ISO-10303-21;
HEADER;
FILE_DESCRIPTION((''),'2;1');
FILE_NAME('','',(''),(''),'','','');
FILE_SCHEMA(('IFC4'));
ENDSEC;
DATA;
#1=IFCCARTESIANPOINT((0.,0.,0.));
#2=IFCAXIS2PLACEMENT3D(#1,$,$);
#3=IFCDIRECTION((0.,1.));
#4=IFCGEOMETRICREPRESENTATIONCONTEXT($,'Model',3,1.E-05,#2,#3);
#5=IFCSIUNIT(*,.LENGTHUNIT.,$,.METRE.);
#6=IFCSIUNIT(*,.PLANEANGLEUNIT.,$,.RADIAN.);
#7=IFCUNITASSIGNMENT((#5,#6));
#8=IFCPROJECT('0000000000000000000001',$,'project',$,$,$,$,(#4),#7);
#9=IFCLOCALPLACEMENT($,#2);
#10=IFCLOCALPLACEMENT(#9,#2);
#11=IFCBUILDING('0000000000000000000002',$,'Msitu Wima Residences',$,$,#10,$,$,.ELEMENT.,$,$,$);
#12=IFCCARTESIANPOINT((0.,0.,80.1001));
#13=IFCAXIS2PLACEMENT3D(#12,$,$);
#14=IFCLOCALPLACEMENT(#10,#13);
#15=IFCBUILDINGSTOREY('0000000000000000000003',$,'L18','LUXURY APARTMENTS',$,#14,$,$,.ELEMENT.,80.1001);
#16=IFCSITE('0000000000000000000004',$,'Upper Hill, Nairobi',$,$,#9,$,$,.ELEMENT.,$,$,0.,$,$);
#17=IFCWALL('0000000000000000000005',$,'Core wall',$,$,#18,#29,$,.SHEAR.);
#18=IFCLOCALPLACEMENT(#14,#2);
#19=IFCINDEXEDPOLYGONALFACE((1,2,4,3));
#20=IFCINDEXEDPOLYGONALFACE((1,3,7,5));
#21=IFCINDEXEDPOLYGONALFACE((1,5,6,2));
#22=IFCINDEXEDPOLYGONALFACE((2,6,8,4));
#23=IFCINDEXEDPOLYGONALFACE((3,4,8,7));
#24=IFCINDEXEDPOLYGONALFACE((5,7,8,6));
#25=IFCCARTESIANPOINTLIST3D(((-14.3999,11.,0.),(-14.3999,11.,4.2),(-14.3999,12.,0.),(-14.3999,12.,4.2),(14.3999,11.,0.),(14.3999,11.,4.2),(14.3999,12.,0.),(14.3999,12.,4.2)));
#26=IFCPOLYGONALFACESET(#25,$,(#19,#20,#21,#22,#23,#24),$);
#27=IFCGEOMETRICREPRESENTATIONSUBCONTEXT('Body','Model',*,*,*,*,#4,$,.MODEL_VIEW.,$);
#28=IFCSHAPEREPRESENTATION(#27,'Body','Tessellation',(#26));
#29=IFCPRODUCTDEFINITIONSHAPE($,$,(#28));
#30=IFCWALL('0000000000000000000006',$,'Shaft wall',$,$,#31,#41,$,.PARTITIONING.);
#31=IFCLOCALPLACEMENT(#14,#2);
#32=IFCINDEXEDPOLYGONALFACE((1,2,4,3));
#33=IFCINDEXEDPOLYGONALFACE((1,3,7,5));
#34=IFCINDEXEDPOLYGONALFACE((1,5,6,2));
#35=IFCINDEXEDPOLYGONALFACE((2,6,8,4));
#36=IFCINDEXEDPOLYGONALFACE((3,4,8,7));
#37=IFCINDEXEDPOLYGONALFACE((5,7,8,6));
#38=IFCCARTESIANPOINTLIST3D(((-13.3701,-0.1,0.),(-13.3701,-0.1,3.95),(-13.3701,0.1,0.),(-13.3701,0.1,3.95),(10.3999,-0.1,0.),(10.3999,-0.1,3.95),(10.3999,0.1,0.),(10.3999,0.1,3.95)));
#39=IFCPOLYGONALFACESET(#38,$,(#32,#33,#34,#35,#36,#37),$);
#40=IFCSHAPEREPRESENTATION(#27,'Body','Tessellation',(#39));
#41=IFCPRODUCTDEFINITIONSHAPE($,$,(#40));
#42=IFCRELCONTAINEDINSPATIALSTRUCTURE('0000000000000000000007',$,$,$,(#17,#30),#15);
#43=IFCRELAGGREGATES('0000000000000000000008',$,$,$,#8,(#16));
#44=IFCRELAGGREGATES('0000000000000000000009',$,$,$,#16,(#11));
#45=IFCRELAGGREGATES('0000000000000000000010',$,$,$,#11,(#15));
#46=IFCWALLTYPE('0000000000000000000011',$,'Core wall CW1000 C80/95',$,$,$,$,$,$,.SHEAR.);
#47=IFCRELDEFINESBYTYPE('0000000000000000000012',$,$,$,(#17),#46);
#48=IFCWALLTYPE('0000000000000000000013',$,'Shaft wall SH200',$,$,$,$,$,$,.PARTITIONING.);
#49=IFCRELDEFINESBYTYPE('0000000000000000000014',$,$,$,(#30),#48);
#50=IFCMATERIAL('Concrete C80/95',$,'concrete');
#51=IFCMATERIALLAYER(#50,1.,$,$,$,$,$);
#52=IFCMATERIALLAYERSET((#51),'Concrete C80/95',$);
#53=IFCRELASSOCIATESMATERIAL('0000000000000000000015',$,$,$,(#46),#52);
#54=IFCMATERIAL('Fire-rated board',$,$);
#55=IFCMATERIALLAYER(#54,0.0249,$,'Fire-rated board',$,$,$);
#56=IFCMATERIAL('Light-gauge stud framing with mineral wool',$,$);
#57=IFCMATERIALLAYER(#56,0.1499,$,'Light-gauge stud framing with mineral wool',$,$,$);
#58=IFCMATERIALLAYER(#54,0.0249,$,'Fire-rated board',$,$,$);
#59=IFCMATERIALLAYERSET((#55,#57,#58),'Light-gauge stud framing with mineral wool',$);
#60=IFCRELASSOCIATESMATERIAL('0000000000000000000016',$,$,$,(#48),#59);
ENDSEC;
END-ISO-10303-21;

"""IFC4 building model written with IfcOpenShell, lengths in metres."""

from ifc_helpers import new_model, si_unit, direction, frame, frame_2d, origin, place, context, subcontext, project, spatial, rectangle, extrude, material, layer, layer_set, type_object, element, save


model = new_model("IFC4")

# Units and contexts
model_context = context("Model", 3, precision=1e-05, world=origin(), true_north=direction((0.0, 1.0)))
body_context = subcontext(model_context, "Body", "Model", "MODEL_VIEW")
ifc_project = project(units=[si_unit("LENGTHUNIT", "METRE"), si_unit("PLANEANGLEUNIT", "RADIAN")], contexts=[model_context])

# Site, building, storey
site_placement = place(None, origin())
site = spatial("IfcSite", under=ifc_project, at=site_placement, Name="Upper Hill, Nairobi", CompositionType="ELEMENT", RefElevation=0.0)
building_placement = place(site_placement, origin())
building = spatial("IfcBuilding", under=site, at=building_placement, Name="Msitu Wima Residences", CompositionType="ELEMENT")
storey_placement = place(building_placement, frame((0.0, 0.0, 80.1001)))
storey = spatial("IfcBuildingStorey", under=building, at=storey_placement, Name="L18", Description="LUXURY APARTMENTS", CompositionType="ELEMENT", Elevation=80.1001)

# Walls
ifc_material_1 = material(Name="Concrete C80/95", Category="concrete")
ifc_layer_1 = layer(ifc_material_1, 1.0)
ifc_layer_set_1 = layer_set([ifc_layer_1], Name="Concrete C80/95")
wall_type_1 = type_object("IfcWallType", Name="Core wall CW1000 C80/95", PredefinedType="SHEAR", material=ifc_layer_set_1)
wall_1_placement = place(storey_placement, frame((-14.3999, 11.5, 0.0), z_axis=(0.0, 0.0, 1.0), x_axis=(1.0, 0.0, 0.0)))
element("IfcWall", 1, at=wall_1_placement, inside=storey, type_object=wall_type_1, Name="Core wall", PredefinedType="SHEAR", context=body_context, shape_type="SweptSolid", body=[
    extrude(rectangle(XDim=28.7998, YDim=1.0, at=frame_2d((14.3999, 0.0))), origin(), (0.0, 0.0, 1.0), 4.2),
])
ifc_material_2 = material(Name="Fire-rated board")
ifc_layer_2 = layer(ifc_material_2, 0.0249, Name="Fire-rated board")
ifc_material_3 = material(Name="Light-gauge stud framing with mineral wool")
ifc_layer_3 = layer(ifc_material_3, 0.1499, Name="Light-gauge stud framing with mineral wool")
ifc_layer_4 = layer(ifc_material_2, 0.0249, Name="Fire-rated board")
ifc_layer_set_2 = layer_set([ifc_layer_2, ifc_layer_3, ifc_layer_4], Name="Light-gauge stud framing with mineral wool")
wall_type_2 = type_object("IfcWallType", Name="Shaft wall SH200", PredefinedType="PARTITIONING", material=ifc_layer_set_2)
wall_2_placement = place(storey_placement, frame((-13.3701, 0.0, 0.0), z_axis=(0.0, 0.0, 1.0), x_axis=(1.0, 0.0, 0.0)))
element("IfcWall", 2, at=wall_2_placement, inside=storey, type_object=wall_type_2, Name="Shaft wall", PredefinedType="PARTITIONING", context=body_context, shape_type="SweptSolid", body=[
    extrude(rectangle(XDim=23.77, YDim=0.2, at=frame_2d((11.885, 0.0))), origin(), (0.0, 0.0, 1.0), 3.95),
])

save(model, "model.ifc")
